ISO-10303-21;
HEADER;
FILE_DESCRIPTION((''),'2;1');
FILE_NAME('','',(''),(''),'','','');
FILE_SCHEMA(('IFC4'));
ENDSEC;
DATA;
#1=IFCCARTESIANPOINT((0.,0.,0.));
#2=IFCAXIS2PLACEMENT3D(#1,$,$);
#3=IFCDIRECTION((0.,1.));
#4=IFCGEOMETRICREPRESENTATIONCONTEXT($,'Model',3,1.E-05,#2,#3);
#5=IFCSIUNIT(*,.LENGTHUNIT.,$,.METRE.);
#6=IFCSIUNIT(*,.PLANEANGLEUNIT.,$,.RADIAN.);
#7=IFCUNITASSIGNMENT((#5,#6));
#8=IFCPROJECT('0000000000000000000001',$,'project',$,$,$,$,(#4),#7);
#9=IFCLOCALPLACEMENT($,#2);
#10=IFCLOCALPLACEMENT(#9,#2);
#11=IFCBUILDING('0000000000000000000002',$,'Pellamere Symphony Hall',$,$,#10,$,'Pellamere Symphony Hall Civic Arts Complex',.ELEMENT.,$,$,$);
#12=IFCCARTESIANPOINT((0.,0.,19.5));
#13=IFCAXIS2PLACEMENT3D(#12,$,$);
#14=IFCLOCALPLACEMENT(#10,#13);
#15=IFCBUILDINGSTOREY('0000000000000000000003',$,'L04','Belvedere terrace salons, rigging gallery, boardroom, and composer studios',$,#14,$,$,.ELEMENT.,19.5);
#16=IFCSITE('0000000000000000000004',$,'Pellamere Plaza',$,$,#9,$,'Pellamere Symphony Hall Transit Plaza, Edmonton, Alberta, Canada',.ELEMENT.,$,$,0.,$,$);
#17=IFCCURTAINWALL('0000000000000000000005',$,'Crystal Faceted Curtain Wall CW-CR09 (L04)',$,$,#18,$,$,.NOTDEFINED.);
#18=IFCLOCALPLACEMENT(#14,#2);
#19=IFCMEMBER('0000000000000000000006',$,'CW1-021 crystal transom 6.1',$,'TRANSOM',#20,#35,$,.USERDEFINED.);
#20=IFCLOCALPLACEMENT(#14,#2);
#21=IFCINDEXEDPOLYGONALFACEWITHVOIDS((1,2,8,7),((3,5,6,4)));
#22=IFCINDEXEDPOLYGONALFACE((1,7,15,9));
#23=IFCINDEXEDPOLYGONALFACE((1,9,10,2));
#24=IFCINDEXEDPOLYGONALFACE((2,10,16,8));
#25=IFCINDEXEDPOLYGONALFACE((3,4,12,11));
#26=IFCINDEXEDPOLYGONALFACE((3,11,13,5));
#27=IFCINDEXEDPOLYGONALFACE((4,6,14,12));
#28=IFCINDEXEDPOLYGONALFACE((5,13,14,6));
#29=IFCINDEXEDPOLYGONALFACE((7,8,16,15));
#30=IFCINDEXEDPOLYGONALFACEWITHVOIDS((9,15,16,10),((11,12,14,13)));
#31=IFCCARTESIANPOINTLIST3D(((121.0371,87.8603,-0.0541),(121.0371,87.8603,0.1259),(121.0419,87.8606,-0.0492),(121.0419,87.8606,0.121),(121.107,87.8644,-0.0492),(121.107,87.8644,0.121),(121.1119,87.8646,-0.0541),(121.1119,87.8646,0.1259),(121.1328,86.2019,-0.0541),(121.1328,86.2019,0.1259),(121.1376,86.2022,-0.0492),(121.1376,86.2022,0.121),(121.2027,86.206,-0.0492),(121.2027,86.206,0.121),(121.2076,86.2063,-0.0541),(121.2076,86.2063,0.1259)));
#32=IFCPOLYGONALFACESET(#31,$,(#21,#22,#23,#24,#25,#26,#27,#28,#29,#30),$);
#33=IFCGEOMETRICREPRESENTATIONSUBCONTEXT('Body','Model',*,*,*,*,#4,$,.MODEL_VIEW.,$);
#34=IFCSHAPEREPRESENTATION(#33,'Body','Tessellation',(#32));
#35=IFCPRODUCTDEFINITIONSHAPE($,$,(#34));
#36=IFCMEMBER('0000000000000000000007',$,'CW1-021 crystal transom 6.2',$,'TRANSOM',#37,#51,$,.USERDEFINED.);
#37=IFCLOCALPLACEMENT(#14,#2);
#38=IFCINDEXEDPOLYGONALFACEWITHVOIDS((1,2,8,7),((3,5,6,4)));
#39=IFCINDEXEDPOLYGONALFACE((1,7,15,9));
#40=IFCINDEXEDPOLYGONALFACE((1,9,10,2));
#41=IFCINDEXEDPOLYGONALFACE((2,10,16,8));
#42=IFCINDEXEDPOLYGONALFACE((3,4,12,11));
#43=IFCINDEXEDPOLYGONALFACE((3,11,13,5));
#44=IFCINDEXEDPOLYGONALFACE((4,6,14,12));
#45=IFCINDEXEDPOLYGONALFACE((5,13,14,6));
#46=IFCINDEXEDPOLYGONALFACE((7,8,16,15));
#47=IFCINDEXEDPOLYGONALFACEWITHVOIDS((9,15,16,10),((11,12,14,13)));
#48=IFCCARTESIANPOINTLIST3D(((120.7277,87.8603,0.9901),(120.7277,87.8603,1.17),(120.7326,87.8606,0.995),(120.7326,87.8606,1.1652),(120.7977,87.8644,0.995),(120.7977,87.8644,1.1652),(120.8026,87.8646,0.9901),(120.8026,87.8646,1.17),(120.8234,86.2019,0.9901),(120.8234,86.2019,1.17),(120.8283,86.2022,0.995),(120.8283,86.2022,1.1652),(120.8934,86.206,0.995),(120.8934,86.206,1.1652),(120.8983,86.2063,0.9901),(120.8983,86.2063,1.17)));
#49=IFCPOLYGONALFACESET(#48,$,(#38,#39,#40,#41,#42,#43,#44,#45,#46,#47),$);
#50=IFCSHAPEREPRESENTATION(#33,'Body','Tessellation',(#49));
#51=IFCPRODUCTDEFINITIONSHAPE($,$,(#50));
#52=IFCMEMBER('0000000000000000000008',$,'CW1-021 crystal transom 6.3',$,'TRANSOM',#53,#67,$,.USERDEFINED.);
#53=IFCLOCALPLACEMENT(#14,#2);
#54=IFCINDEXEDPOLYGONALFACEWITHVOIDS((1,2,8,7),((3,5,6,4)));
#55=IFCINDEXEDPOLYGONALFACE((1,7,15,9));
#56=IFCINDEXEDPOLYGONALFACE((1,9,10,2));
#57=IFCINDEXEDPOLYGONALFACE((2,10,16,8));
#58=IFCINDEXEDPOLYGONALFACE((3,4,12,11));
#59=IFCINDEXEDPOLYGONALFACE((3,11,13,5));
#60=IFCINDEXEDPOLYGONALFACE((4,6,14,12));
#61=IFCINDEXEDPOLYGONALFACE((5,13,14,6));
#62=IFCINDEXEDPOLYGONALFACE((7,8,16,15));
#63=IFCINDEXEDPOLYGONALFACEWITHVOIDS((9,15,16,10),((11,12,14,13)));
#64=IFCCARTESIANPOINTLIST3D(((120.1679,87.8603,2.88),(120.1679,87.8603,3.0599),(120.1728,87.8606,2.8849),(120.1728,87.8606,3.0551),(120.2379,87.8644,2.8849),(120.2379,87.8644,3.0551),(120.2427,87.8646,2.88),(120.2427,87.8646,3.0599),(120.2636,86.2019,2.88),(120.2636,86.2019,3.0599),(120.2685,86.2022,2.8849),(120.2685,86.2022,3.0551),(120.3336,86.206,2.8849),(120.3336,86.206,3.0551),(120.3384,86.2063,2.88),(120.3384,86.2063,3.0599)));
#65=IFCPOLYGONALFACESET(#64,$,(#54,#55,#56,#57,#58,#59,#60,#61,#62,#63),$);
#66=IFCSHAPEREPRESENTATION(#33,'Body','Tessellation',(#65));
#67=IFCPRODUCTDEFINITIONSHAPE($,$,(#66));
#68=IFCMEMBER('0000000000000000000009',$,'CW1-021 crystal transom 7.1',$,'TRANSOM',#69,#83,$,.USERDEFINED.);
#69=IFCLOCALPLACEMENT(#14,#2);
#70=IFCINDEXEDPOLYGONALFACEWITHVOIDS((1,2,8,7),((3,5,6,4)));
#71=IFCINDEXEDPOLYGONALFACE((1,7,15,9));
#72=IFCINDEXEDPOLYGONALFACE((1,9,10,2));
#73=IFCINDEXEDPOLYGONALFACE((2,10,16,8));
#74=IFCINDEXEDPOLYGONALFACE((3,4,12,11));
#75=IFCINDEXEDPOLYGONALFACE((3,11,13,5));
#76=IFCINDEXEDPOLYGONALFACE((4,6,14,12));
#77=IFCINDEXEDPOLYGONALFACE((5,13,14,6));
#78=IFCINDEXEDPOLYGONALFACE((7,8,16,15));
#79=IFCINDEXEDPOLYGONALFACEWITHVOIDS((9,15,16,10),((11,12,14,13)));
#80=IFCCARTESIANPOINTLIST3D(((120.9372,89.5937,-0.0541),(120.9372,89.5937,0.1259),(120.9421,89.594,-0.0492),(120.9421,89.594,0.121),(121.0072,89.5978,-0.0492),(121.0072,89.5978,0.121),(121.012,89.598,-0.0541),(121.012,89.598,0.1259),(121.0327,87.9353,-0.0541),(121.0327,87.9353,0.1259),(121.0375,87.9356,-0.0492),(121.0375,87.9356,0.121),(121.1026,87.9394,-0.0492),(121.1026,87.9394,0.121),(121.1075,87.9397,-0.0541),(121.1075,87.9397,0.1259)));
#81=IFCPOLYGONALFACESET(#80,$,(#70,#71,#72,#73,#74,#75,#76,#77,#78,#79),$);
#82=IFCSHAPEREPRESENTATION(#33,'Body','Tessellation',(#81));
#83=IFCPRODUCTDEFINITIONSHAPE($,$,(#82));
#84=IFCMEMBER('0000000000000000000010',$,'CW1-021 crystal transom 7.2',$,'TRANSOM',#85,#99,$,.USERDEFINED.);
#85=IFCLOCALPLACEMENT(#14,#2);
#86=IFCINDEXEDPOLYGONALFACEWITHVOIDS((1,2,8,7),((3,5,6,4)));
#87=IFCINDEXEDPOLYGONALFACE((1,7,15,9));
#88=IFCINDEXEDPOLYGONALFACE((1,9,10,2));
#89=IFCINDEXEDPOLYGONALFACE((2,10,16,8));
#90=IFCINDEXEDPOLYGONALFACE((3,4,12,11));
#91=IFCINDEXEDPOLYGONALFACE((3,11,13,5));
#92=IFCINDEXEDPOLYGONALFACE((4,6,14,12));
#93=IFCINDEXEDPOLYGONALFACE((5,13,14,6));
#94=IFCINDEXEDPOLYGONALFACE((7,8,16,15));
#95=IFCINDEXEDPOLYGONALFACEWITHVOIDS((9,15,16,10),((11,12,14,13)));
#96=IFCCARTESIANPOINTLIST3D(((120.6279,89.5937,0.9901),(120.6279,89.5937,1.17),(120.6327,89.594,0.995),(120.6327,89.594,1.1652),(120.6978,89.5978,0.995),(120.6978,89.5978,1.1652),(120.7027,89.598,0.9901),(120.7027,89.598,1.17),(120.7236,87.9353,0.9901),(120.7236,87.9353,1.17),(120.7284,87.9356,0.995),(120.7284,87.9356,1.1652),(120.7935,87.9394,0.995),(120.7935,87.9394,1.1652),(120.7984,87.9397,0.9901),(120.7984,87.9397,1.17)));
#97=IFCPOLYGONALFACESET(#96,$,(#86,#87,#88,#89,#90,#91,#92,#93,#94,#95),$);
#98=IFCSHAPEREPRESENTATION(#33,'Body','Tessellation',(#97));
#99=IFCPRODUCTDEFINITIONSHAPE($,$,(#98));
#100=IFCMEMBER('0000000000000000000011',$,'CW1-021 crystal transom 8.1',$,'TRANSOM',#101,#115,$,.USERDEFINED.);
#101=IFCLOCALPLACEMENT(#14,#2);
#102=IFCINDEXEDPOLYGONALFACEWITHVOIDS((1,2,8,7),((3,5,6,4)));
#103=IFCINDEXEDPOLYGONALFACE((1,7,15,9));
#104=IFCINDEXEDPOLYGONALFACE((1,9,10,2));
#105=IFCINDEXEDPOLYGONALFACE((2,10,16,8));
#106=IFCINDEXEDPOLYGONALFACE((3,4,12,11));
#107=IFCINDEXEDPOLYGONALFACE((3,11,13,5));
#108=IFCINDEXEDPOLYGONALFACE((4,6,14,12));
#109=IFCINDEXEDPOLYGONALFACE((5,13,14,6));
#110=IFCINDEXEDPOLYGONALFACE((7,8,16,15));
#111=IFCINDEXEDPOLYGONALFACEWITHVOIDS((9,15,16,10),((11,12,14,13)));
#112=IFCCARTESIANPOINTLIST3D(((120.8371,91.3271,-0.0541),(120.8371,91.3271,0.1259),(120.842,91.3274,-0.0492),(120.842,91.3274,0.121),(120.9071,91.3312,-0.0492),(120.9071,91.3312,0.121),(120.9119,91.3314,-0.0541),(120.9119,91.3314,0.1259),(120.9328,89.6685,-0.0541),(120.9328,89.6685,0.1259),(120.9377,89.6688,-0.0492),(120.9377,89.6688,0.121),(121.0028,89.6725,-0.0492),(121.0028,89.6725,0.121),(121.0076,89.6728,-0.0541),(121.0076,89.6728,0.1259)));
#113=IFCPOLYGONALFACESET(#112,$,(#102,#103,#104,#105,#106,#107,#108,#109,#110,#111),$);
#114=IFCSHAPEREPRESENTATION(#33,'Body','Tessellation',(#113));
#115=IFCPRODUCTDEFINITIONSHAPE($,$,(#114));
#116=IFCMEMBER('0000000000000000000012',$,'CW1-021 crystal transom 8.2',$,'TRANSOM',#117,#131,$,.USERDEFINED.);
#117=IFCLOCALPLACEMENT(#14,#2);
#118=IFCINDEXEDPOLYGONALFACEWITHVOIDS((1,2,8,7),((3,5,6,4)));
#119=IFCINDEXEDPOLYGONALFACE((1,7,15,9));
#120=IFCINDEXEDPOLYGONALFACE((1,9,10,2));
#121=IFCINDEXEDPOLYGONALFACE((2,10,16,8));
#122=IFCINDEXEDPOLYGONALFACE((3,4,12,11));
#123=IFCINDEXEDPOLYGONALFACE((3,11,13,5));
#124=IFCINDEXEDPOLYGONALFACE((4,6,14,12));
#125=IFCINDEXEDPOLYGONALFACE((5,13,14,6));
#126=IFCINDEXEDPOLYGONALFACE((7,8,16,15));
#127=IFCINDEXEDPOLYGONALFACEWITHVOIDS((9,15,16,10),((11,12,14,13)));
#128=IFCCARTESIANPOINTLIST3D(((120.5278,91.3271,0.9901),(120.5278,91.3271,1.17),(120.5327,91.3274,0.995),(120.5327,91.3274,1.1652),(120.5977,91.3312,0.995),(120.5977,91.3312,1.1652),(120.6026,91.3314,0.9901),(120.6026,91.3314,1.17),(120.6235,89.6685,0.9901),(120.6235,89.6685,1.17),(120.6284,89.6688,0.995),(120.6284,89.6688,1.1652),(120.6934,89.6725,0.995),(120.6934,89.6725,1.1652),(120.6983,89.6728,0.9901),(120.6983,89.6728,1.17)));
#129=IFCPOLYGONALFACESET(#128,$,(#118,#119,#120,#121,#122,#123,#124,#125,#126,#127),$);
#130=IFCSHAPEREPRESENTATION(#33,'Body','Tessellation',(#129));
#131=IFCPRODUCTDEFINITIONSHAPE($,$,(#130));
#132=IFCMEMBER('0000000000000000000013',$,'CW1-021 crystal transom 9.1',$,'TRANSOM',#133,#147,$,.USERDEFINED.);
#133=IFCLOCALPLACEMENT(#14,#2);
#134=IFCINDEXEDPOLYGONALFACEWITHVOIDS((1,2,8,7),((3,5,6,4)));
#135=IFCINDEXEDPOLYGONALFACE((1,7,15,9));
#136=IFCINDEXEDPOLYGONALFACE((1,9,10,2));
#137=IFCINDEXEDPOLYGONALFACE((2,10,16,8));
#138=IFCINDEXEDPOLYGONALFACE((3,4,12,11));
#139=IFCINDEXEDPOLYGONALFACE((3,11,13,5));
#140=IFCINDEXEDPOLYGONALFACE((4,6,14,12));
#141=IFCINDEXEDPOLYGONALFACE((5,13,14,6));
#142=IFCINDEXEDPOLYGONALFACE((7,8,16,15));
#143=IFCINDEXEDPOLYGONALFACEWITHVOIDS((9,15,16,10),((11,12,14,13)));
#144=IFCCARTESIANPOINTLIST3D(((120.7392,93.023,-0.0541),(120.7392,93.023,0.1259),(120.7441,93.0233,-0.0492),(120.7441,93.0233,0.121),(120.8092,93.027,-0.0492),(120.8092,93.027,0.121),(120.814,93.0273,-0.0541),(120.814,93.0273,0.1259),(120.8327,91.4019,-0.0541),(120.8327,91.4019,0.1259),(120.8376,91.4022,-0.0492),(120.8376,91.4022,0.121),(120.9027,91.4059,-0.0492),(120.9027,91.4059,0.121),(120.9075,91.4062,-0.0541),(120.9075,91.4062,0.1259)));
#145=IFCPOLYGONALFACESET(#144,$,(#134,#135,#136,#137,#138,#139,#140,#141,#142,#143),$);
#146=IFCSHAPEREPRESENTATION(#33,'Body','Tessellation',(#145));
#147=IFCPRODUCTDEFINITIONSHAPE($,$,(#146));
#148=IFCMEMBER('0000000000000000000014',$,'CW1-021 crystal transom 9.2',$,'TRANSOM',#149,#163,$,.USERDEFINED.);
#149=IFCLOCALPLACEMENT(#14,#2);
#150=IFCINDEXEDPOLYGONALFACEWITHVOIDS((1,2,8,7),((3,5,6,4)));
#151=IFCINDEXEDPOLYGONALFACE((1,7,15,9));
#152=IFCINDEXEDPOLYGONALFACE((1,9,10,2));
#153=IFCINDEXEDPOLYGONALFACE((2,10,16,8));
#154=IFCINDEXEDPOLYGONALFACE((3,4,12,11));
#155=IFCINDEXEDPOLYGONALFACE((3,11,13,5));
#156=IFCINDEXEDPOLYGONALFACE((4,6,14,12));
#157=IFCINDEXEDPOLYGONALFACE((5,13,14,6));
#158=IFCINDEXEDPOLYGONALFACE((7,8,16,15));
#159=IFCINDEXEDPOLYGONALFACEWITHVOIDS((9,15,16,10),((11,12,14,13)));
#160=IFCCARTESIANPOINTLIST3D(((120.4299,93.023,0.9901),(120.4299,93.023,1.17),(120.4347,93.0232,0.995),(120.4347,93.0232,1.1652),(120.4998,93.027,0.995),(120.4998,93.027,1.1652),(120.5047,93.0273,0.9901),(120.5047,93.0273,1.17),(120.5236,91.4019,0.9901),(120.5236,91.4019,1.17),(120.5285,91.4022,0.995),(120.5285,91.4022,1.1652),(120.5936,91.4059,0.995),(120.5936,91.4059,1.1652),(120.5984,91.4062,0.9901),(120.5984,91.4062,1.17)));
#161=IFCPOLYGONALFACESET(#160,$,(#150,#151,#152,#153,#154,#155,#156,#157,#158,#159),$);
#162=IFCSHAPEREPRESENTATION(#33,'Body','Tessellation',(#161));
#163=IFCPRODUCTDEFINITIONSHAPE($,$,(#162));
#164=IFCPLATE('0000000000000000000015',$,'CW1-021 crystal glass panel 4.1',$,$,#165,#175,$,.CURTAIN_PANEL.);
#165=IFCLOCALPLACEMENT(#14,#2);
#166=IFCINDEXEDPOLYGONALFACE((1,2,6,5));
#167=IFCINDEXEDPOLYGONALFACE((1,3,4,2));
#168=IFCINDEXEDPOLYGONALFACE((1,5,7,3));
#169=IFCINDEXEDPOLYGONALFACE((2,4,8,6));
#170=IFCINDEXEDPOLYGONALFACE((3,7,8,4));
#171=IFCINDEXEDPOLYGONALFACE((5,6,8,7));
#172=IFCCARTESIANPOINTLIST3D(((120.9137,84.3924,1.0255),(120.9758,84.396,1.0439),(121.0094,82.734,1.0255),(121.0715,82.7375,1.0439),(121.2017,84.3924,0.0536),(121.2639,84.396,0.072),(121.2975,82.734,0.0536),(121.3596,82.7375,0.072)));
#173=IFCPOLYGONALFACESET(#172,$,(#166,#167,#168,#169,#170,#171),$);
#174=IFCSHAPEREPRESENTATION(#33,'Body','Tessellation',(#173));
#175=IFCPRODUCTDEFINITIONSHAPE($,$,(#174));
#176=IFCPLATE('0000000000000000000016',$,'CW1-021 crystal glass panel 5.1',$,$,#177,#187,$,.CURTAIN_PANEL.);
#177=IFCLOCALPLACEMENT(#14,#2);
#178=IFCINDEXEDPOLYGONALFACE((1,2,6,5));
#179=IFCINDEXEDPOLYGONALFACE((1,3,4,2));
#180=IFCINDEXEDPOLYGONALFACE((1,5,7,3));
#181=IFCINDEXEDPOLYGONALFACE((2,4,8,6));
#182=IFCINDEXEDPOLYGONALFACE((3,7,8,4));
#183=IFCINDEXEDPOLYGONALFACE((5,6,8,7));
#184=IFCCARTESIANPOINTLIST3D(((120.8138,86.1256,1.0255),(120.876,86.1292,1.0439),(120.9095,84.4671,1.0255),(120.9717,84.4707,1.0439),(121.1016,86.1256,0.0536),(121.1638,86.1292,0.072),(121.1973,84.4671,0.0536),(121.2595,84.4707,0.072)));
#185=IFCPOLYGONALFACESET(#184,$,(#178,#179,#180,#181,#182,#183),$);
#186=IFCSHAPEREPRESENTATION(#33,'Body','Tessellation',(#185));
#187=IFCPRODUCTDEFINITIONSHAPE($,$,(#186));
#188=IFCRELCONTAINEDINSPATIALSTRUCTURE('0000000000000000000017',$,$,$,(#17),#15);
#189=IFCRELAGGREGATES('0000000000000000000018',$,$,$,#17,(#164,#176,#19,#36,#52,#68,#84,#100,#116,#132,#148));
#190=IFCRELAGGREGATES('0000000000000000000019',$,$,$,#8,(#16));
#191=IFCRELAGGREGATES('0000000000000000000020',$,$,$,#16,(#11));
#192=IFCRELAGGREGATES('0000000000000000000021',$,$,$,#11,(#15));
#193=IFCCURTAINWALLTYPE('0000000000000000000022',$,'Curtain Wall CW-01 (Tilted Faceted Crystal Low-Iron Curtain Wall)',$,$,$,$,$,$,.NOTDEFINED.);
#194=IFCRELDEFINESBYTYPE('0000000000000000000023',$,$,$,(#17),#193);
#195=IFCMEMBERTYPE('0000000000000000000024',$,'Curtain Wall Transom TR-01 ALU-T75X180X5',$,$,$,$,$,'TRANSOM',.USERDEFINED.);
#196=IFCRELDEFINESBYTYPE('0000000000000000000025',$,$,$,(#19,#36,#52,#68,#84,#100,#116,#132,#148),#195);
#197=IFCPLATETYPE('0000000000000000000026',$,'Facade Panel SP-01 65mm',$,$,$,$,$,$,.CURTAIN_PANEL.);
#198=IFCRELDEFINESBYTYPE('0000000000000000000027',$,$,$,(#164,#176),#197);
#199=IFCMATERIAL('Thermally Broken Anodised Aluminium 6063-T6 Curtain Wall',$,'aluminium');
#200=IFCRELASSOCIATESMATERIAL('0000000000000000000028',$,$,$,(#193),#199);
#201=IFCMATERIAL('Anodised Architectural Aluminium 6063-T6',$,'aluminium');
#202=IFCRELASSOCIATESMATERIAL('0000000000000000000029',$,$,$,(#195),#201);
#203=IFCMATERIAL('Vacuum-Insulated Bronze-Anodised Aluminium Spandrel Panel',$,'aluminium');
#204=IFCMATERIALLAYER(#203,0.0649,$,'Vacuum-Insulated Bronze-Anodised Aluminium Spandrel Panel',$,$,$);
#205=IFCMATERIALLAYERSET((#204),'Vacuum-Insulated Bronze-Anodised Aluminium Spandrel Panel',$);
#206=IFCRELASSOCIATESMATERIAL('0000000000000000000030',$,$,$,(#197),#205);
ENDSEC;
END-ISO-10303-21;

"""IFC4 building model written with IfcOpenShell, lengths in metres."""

from ifc_helpers import new_model, si_unit, direction, frame, origin, origin_2d, place, context, subcontext, project, spatial, polyline, hollow_rectangle, outline, extrude, material, layer, layer_set, material_profile, profile_set, type_object, element, aggregate, save


model = new_model("IFC4")

# Units and contexts
model_context = context("Model", 3, precision=1e-05, world=origin(), true_north=direction((0.0, 1.0)))
body_context = subcontext(model_context, "Body", "Model", "MODEL_VIEW")
ifc_project = project(units=[si_unit("LENGTHUNIT", "METRE"), si_unit("PLANEANGLEUNIT", "RADIAN")], contexts=[model_context])

# Site, building, storey
site_placement = place(None, origin())
site = spatial("IfcSite", under=ifc_project, at=site_placement, Name="Pellamere Plaza", LongName="Pellamere Symphony Hall Transit Plaza, Edmonton, Alberta, Canada", CompositionType="ELEMENT", RefElevation=0.0)
building_placement = place(site_placement, origin())
building = spatial("IfcBuilding", under=site, at=building_placement, Name="Pellamere Symphony Hall", LongName="Pellamere Symphony Hall Civic Arts Complex", CompositionType="ELEMENT")
storey_placement = place(building_placement, frame((0.0, 0.0, 19.5)))
storey = spatial("IfcBuildingStorey", under=building, at=storey_placement, Name="L04", Description="Belvedere terrace salons, rigging gallery, boardroom, and composer studios", CompositionType="ELEMENT", Elevation=19.5)

# Curtain wall, members, plates
ifc_material_1 = material(Name="Thermally Broken Anodised Aluminium 6063-T6 Curtain Wall", Category="aluminium")
curtain_wall_type = type_object("IfcCurtainWallType", Name="Curtain Wall CW-01 (Tilted Faceted Crystal Low-Iron Curtain Wall)", PredefinedType="NOTDEFINED", material=ifc_material_1)
curtain_wall_placement = place(storey_placement, origin())
curtain_wall = element("IfcCurtainWall", 1, at=curtain_wall_placement, inside=storey, type_object=curtain_wall_type, Name="Crystal Faceted Curtain Wall CW-CR09 (L04)", PredefinedType="NOTDEFINED")
ifc_material_2 = material(Name="Anodised Architectural Aluminium 6063-T6", Category="aluminium")
ifc_material_profile_1 = material_profile(ifc_material_2, hollow_rectangle(XDim=0.075, YDim=0.1799, WallThickness=0.0049, at=origin_2d()), Name="ALU-T75X180X5")
ifc_profile_set_1 = profile_set([ifc_material_profile_1], Name="Anodised Architectural Aluminium 6063-T6")
member_type_1 = type_object("IfcMemberType", Name="Curtain Wall Transom TR-01 ALU-T75X180X5", ElementType="TRANSOM", PredefinedType="USERDEFINED", material=ifc_profile_set_1)
member_1_placement = place(storey_placement, frame((121.1702, 86.2041, 0.0359), z_axis=(-0.057611, 0.998339, 0.0), x_axis=(-0.998339, -0.057611, 0.0)))
member_1 = element("IfcMember", 2, at=member_1_placement, type_object=member_type_1, Name="CW1-021 crystal transom 6.1", ObjectType="TRANSOM", PredefinedType="USERDEFINED", context=body_context, shape_type="SweptSolid", body=[
    extrude(hollow_rectangle(XDim=0.075, YDim=0.1799, WallThickness=0.0049, at=origin_2d()), origin(), (0.0, 0.0, 1.0), 1.6611),
])
member_2_placement = place(storey_placement, frame((120.8608, 86.2041, 1.0801), z_axis=(-0.057611, 0.998339, 0.0), x_axis=(-0.998339, -0.057611, 0.0)))
member_2 = element("IfcMember", 3, at=member_2_placement, type_object=member_type_1, Name="CW1-021 crystal transom 6.2", ObjectType="TRANSOM", PredefinedType="USERDEFINED", context=body_context, shape_type="SweptSolid", body=[
    extrude(hollow_rectangle(XDim=0.075, YDim=0.1799, WallThickness=0.0049, at=origin_2d()), origin(), (0.0, 0.0, 1.0), 1.6611),
])
member_3_placement = place(storey_placement, frame((120.301, 86.2041, 2.97), z_axis=(-0.057611, 0.998339, 0.0), x_axis=(-0.998339, -0.057611, 0.0)))
member_3 = element("IfcMember", 4, at=member_3_placement, type_object=member_type_1, Name="CW1-021 crystal transom 6.3", ObjectType="TRANSOM", PredefinedType="USERDEFINED", context=body_context, shape_type="SweptSolid", body=[
    extrude(hollow_rectangle(XDim=0.075, YDim=0.1799, WallThickness=0.0049, at=origin_2d()), origin(), (0.0, 0.0, 1.0), 1.6611),
])
member_4_placement = place(storey_placement, frame((121.0701, 87.9375, 0.0359), z_axis=(-0.057464, 0.998348, 0.0), x_axis=(-0.998348, -0.057464, 0.0)))
member_4 = element("IfcMember", 5, at=member_4_placement, type_object=member_type_1, Name="CW1-021 crystal transom 7.1", ObjectType="TRANSOM", PredefinedType="USERDEFINED", context=body_context, shape_type="SweptSolid", body=[
    extrude(hollow_rectangle(XDim=0.075, YDim=0.1799, WallThickness=0.0049, at=origin_2d()), origin(), (0.0, 0.0, 1.0), 1.6611),
])
member_5_placement = place(storey_placement, frame((120.761, 87.9375, 1.0801), z_axis=(-0.057611, 0.998339, 0.0), x_axis=(-0.998339, -0.057611, 0.0)))
member_5 = element("IfcMember", 6, at=member_5_placement, type_object=member_type_1, Name="CW1-021 crystal transom 7.2", ObjectType="TRANSOM", PredefinedType="USERDEFINED", context=body_context, shape_type="SweptSolid", body=[
    extrude(hollow_rectangle(XDim=0.075, YDim=0.1799, WallThickness=0.0049, at=origin_2d()), origin(), (0.0, 0.0, 1.0), 1.6611),
])
member_6_placement = place(storey_placement, frame((120.9702, 89.6707, 0.0359), z_axis=(-0.057602, 0.99834, 0.0), x_axis=(-0.99834, -0.057602, 0.0)))
member_6 = element("IfcMember", 7, at=member_6_placement, type_object=member_type_1, Name="CW1-021 crystal transom 8.1", ObjectType="TRANSOM", PredefinedType="USERDEFINED", context=body_context, shape_type="SweptSolid", body=[
    extrude(hollow_rectangle(XDim=0.075, YDim=0.1799, WallThickness=0.0049, at=origin_2d()), origin(), (0.0, 0.0, 1.0), 1.6614),
])
member_7_placement = place(storey_placement, frame((120.6609, 89.6707, 1.0801), z_axis=(-0.057602, 0.99834, 0.0), x_axis=(-0.99834, -0.057602, 0.0)))
member_7 = element("IfcMember", 8, at=member_7_placement, type_object=member_type_1, Name="CW1-021 crystal transom 8.2", ObjectType="TRANSOM", PredefinedType="USERDEFINED", context=body_context, shape_type="SweptSolid", body=[
    extrude(hollow_rectangle(XDim=0.075, YDim=0.1799, WallThickness=0.0049, at=origin_2d()), origin(), (0.0, 0.0, 1.0), 1.6614),
])
member_8_placement = place(storey_placement, frame((120.8701, 91.4041, 0.0359), z_axis=(-0.057585, 0.998341, 0.0), x_axis=(-0.998341, -0.057585, 0.0)))
member_8 = element("IfcMember", 9, at=member_8_placement, type_object=member_type_1, Name="CW1-021 crystal transom 9.1", ObjectType="TRANSOM", PredefinedType="USERDEFINED", context=body_context, shape_type="SweptSolid", body=[
    extrude(hollow_rectangle(XDim=0.075, YDim=0.1799, WallThickness=0.0049, at=origin_2d()), origin(), (0.0, 0.0, 1.0), 1.6238),
])
member_9_placement = place(storey_placement, frame((120.561, 91.4041, 1.0801), z_axis=(-0.057735, 0.998332, 0.0), x_axis=(-0.998332, -0.057735, 0.0)))
member_9 = element("IfcMember", 10, at=member_9_placement, type_object=member_type_1, Name="CW1-021 crystal transom 9.2", ObjectType="TRANSOM", PredefinedType="USERDEFINED", context=body_context, shape_type="SweptSolid", body=[
    extrude(hollow_rectangle(XDim=0.075, YDim=0.1799, WallThickness=0.0049, at=origin_2d()), origin(), (0.0, 0.0, 1.0), 1.6238),
])
ifc_material_3 = material(Name="Vacuum-Insulated Bronze-Anodised Aluminium Spandrel Panel", Category="aluminium")
ifc_layer = layer(ifc_material_3, 0.0649, Name="Vacuum-Insulated Bronze-Anodised Aluminium Spandrel Panel")
ifc_layer_set = layer_set([ifc_layer], Name="Vacuum-Insulated Bronze-Anodised Aluminium Spandrel Panel")
plate_type = type_object("IfcPlateType", Name="Facade Panel SP-01 65mm", PredefinedType="CURTAIN_PANEL", material=ifc_layer_set)
plate_1_placement = place(storey_placement, frame((121.3596, 82.7375, 0.072), z_axis=(0.957305, 0.055243, 0.283753), x_axis=(-0.057611, 0.998339, 0.0)))
plate_1 = element("IfcPlate", 11, at=plate_1_placement, type_object=plate_type, Name="CW1-021 crystal glass panel 4.1", PredefinedType="CURTAIN_PANEL", context=body_context, shape_type="SweptSolid", body=[
    extrude(outline(polyline([(0.0, 0.0), (1.6612, 0.0), (1.6778, 1.0136), (0.0166, 1.0136), (0.0, 0.0)])), origin(), (0.0, 0.0, -1.0), 0.0649),
])
plate_2_placement = place(storey_placement, frame((121.2595, 84.4707, 0.072), z_axis=(0.95737, 0.055246, 0.283532), x_axis=(-0.057611, 0.998339, 0.0)))
plate_2 = element("IfcPlate", 12, at=plate_2_placement, type_object=plate_type, Name="CW1-021 crystal glass panel 5.1", PredefinedType="CURTAIN_PANEL", context=body_context, shape_type="SweptSolid", body=[
    extrude(outline(polyline([(0.0, 0.0), (1.6612, 0.0), (1.6778, 1.0135), (0.0166, 1.0135), (0.0, 0.0)])), origin(), (0.0, 0.0, -1.0), 0.0649),
])
aggregate(curtain_wall, [plate_1, plate_2, member_1, member_2, member_3, member_4, member_5, member_6, member_7, member_8, member_9])

save(model, "model.ifc")
